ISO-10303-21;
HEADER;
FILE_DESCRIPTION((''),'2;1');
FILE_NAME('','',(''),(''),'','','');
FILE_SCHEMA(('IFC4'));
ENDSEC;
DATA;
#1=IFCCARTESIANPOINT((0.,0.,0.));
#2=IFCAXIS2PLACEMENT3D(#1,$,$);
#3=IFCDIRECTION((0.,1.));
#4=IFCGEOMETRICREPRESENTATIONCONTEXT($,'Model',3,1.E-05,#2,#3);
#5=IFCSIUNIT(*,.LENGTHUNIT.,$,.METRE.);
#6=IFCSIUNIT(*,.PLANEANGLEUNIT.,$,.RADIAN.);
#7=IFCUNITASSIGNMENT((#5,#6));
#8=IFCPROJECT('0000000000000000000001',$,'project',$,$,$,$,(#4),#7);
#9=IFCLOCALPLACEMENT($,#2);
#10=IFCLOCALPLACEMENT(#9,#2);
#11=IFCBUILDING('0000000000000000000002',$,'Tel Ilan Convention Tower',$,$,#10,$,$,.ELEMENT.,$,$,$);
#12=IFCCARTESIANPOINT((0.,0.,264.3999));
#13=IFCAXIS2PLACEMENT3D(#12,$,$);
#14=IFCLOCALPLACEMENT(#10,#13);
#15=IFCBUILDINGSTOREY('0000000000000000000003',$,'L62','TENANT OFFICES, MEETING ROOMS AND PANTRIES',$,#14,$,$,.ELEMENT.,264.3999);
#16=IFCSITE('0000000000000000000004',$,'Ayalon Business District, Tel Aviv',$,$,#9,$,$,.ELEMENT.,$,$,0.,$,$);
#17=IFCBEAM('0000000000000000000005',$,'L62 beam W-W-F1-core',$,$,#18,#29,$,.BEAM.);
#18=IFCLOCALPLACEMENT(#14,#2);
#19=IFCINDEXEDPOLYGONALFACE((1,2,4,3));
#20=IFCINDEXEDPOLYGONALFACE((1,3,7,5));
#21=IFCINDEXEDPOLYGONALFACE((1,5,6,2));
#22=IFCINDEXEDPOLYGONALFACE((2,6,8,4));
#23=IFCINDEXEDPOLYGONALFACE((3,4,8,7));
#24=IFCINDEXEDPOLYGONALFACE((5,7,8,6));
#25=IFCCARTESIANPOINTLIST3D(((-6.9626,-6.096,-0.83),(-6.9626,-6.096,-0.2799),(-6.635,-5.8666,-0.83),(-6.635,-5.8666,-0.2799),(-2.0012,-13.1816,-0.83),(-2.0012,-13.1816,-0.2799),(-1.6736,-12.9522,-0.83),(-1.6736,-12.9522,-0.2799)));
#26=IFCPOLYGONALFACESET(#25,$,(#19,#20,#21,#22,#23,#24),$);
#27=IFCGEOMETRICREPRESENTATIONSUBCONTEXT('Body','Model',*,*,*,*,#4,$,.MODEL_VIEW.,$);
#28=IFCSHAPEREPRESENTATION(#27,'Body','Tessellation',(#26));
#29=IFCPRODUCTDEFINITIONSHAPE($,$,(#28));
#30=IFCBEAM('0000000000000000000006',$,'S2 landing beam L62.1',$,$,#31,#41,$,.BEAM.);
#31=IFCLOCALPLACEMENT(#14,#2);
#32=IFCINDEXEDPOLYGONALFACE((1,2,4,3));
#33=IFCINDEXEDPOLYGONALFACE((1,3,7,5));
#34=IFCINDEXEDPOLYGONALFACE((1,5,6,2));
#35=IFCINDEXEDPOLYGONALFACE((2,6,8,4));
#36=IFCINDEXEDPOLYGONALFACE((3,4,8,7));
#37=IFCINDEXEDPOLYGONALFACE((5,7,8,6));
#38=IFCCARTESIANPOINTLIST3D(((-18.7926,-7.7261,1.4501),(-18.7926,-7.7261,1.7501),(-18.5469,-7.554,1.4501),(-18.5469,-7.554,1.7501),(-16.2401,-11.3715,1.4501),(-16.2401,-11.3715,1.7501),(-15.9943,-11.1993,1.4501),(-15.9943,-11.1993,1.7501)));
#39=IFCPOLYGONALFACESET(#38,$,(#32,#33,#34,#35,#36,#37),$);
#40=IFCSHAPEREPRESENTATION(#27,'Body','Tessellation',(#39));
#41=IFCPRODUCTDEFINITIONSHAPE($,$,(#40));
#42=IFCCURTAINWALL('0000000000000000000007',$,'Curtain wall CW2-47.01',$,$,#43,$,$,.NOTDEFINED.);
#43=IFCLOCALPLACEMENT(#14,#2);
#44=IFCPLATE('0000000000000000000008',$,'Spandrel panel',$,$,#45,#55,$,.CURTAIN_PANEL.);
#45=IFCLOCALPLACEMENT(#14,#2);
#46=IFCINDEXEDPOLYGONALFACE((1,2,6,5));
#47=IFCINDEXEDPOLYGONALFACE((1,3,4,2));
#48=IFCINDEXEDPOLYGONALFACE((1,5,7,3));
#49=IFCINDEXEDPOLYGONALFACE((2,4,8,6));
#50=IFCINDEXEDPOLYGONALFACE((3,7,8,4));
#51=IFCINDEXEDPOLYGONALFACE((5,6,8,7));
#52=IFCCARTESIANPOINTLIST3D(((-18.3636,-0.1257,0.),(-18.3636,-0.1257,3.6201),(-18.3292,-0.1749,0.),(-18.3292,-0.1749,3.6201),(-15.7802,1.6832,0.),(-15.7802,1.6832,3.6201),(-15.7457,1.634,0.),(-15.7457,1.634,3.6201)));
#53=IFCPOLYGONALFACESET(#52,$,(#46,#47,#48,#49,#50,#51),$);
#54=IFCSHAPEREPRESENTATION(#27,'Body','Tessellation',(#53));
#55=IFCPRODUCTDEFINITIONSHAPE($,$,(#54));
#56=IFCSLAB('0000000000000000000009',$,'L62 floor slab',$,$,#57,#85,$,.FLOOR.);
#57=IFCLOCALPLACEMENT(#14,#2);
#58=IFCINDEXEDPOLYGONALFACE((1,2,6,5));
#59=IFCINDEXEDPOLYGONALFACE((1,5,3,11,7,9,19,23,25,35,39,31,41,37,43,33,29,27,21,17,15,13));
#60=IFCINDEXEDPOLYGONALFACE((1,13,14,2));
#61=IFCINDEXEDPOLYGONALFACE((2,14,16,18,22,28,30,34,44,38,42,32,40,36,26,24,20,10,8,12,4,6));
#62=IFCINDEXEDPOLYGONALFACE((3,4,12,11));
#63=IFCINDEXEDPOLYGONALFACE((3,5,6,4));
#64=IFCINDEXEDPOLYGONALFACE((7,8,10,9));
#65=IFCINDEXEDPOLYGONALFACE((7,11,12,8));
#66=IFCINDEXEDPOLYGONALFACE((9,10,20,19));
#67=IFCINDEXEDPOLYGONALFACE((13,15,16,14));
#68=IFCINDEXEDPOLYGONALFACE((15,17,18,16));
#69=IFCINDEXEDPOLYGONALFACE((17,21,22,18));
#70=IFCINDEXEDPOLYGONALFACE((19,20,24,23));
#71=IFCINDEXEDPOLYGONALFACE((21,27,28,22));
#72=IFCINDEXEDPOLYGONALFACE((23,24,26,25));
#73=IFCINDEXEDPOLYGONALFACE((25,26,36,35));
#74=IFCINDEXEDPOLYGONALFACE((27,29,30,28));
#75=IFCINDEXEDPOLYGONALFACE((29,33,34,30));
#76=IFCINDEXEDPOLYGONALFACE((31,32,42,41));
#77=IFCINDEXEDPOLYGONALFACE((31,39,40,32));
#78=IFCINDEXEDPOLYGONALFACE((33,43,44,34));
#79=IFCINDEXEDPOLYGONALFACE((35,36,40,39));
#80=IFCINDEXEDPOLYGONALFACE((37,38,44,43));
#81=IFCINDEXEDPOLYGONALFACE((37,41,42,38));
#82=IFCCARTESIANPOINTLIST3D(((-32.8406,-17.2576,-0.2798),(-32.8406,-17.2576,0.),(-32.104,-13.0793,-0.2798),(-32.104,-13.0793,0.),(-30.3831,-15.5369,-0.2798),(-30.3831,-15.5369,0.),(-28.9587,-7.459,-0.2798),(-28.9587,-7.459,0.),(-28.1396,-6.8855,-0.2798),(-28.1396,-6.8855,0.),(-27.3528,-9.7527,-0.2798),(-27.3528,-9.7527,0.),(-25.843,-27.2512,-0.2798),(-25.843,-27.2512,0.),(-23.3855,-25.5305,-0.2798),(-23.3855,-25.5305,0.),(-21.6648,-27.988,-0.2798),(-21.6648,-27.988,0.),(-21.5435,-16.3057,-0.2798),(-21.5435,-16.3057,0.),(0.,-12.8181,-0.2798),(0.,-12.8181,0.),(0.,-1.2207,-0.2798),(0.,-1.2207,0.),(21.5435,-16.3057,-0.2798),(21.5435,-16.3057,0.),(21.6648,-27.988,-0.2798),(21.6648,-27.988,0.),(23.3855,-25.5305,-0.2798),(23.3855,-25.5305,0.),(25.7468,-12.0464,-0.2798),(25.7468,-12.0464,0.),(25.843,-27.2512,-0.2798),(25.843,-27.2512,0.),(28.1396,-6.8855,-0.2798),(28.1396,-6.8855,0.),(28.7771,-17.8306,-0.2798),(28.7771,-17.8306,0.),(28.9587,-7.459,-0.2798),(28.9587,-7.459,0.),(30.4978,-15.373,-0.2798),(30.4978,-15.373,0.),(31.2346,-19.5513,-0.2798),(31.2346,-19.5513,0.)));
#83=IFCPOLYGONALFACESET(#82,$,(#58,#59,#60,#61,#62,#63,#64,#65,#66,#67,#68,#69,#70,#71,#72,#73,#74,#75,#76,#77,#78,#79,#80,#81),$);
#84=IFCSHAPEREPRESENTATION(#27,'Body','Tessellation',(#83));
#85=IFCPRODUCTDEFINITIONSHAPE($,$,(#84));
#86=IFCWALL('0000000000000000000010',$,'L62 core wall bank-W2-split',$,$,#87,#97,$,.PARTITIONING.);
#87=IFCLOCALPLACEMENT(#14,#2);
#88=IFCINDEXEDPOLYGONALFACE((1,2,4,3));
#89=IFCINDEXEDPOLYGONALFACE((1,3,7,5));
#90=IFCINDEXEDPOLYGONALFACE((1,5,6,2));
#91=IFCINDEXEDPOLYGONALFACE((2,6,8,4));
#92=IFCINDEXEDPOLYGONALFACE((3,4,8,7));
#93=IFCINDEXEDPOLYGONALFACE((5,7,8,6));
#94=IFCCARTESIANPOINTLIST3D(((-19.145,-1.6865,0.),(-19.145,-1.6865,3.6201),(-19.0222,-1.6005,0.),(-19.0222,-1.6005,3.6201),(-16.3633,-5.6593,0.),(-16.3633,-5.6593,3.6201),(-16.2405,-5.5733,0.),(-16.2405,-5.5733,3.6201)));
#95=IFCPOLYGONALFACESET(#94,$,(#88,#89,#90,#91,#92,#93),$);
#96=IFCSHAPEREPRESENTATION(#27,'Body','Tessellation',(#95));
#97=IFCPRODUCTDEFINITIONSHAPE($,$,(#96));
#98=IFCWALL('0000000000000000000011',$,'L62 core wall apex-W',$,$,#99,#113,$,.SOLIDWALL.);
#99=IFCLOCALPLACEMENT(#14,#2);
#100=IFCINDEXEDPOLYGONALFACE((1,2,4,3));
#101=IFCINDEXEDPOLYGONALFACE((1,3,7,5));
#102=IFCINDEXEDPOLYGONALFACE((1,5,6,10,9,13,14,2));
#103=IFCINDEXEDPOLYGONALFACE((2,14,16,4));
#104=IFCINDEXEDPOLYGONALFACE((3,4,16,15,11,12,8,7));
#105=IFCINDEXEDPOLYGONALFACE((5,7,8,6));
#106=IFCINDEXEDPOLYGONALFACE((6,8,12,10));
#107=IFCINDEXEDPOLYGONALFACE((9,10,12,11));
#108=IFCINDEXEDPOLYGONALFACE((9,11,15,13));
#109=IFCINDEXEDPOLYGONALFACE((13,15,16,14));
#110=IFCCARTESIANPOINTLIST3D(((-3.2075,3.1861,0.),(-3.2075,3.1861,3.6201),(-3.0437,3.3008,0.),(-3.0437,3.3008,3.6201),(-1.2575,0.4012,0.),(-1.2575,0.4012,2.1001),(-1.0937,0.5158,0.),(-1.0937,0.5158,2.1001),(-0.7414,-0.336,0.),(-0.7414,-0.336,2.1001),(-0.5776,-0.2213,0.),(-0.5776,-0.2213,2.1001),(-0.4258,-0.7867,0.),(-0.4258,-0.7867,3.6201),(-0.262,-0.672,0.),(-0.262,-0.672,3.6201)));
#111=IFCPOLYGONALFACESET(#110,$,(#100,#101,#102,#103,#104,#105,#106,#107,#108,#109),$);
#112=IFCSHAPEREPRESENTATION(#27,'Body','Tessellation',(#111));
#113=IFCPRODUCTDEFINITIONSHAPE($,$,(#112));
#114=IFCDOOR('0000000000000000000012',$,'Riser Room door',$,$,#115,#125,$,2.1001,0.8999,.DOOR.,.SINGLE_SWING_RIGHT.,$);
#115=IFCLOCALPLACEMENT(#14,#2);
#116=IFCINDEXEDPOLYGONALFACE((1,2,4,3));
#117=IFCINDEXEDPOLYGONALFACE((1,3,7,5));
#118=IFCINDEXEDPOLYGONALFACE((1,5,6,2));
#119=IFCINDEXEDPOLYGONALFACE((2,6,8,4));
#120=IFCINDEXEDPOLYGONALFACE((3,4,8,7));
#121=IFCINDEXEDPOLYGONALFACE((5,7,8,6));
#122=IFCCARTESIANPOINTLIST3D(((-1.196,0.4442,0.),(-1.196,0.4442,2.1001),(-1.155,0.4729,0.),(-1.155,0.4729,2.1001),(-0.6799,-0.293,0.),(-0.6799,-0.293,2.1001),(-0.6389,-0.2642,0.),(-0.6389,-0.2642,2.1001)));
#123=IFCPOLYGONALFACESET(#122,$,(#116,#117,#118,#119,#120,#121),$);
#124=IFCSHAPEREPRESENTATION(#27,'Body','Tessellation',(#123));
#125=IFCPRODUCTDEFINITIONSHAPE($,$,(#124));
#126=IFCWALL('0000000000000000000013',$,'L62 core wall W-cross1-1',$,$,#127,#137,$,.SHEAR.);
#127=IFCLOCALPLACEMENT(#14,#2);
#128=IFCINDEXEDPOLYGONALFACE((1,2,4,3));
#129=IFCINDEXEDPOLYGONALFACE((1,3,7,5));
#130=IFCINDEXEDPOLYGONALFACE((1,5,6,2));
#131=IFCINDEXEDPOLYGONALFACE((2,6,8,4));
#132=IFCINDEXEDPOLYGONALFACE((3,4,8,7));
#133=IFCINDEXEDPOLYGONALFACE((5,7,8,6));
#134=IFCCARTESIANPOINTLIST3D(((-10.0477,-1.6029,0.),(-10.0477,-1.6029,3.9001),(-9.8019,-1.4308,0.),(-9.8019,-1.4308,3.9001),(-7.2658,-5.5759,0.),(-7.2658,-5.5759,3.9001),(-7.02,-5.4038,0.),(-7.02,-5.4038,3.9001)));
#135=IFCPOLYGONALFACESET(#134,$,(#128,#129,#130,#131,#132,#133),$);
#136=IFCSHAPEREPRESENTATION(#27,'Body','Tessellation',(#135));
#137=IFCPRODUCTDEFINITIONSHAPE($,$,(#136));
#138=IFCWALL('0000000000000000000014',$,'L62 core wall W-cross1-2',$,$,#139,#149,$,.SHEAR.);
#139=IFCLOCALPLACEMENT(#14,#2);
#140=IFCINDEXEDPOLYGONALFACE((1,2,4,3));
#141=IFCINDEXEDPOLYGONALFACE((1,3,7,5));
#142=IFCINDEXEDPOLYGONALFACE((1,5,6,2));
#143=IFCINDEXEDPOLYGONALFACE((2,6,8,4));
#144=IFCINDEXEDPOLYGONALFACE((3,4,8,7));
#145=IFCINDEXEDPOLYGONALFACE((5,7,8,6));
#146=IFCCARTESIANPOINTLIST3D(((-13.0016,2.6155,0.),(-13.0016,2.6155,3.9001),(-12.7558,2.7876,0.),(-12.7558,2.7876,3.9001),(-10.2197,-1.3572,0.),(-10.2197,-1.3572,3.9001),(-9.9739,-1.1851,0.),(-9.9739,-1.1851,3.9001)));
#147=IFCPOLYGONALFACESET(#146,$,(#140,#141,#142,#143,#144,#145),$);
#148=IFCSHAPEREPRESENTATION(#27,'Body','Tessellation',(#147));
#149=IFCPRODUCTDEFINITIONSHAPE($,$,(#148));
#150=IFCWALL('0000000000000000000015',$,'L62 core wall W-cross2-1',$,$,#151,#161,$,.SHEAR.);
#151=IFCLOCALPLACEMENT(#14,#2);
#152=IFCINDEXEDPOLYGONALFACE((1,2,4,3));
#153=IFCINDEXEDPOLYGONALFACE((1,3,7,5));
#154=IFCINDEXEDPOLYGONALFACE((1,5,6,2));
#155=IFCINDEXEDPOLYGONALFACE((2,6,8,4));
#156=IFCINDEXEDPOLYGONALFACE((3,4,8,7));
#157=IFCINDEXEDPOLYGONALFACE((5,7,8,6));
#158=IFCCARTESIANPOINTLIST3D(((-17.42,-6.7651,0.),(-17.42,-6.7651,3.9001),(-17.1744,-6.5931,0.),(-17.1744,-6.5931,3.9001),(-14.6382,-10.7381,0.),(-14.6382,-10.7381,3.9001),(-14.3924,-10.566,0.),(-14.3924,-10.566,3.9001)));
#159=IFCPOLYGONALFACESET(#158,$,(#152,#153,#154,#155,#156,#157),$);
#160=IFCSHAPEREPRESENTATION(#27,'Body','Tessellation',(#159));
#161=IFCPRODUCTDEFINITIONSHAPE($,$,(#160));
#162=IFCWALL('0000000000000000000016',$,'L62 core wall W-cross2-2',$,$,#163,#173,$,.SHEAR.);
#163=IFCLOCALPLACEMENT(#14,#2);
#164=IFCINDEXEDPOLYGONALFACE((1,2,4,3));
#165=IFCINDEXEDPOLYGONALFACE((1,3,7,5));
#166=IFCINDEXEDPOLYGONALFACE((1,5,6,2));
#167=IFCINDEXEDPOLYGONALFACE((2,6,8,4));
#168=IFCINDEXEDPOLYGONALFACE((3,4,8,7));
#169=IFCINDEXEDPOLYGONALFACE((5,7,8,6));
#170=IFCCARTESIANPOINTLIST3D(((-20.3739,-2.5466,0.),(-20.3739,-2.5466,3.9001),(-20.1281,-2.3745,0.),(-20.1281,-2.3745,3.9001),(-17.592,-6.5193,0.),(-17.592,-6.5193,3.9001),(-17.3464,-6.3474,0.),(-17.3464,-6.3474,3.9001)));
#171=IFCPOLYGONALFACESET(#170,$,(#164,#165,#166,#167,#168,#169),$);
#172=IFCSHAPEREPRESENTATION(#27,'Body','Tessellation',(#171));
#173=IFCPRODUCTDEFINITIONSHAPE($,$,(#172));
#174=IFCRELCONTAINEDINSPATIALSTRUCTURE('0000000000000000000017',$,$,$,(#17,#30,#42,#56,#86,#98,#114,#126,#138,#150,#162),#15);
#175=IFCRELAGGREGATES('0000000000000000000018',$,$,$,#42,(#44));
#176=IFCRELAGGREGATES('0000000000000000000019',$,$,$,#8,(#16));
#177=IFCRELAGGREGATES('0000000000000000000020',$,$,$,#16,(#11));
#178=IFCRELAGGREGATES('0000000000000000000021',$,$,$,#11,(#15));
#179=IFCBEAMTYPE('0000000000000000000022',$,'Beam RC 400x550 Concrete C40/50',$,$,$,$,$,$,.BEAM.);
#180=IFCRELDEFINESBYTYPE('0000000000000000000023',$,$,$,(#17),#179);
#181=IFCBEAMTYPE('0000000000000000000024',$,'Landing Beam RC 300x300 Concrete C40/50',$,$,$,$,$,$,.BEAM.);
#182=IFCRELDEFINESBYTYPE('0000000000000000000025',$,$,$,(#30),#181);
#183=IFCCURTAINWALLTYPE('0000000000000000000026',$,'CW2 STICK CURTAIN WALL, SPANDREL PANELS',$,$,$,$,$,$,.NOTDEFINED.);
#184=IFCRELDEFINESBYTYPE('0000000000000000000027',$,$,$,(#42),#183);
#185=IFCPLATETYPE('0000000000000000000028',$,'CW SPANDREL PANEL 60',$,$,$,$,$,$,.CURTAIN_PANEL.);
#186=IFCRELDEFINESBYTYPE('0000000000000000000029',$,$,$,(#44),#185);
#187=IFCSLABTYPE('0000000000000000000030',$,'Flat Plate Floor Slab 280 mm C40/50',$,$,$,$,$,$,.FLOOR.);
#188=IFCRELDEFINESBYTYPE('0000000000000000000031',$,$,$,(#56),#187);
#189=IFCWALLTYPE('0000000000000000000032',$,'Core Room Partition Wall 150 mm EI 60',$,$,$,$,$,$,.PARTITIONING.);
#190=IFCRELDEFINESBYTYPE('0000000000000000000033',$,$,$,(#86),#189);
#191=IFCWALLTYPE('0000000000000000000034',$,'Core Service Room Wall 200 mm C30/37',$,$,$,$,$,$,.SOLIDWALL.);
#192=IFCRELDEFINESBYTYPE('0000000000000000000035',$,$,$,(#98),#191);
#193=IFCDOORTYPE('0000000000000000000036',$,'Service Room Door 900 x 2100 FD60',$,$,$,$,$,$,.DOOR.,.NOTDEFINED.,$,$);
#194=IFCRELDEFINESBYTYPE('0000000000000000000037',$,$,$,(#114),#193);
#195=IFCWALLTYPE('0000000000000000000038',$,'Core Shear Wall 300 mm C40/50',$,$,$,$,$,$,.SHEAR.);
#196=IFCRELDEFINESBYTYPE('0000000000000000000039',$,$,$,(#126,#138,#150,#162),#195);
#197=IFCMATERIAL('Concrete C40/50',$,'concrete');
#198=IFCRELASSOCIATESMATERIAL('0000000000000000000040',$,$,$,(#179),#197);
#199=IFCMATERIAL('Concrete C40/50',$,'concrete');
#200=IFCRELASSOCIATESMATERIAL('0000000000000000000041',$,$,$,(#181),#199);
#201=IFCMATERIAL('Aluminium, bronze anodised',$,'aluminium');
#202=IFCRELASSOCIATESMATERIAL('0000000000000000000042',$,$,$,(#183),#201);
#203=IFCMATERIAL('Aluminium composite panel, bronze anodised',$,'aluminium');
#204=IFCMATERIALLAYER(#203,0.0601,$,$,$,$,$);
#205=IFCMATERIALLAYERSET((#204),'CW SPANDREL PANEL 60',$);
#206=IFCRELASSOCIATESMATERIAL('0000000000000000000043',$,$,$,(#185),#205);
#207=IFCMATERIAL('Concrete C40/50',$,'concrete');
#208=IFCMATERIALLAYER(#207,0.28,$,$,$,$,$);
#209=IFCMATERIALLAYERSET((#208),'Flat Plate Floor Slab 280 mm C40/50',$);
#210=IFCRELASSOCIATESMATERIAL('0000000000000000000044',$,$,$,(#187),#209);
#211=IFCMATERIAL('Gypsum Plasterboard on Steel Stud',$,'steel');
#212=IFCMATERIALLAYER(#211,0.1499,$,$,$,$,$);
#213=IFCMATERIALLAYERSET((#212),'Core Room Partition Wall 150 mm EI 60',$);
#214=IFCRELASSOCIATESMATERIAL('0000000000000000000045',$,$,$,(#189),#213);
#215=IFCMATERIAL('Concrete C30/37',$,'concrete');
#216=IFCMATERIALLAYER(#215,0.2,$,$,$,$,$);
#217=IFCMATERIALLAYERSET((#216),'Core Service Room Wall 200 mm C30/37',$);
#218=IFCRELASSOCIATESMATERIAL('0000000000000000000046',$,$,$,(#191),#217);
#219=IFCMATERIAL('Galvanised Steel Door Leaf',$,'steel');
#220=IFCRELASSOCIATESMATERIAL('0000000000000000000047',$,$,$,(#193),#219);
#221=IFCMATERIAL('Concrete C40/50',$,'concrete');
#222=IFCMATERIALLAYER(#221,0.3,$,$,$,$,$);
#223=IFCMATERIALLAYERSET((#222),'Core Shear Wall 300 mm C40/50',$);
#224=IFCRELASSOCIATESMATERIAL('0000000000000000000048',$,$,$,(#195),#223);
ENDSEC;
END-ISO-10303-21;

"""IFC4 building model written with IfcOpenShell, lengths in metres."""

from ifc_helpers import new_model, si_unit, direction, frame, frame_2d, origin, origin_2d, place, context, subcontext, project, spatial, polyline, rectangle, outline, extrude, material, layer, layer_set, material_profile, profile_set, type_object, element, fill, aggregate, save


model = new_model("IFC4")

# Units and contexts
model_context = context("Model", 3, precision=1e-05, world=origin(), true_north=direction((0.0, 1.0)))
body_context = subcontext(model_context, "Body", "Model", "MODEL_VIEW")
ifc_project = project(units=[si_unit("LENGTHUNIT", "METRE"), si_unit("PLANEANGLEUNIT", "RADIAN")], contexts=[model_context])

# Site, building, storey
site_placement = place(None, origin())
site = spatial("IfcSite", under=ifc_project, at=site_placement, Name="Ayalon Business District, Tel Aviv", CompositionType="ELEMENT", RefElevation=0.0)
building_placement = place(site_placement, origin())
building = spatial("IfcBuilding", under=site, at=building_placement, Name="Tel Ilan Convention Tower", CompositionType="ELEMENT")
storey_placement = place(building_placement, frame((0.0, 0.0, 264.3999)))
storey = spatial("IfcBuildingStorey", under=building, at=storey_placement, Name="L62", Description="TENANT OFFICES, MEETING ROOMS AND PANTRIES", CompositionType="ELEMENT", Elevation=264.3999)

# Beams
ifc_material_1 = material(Name="Concrete C40/50", Category="concrete")
ifc_material_profile_1 = material_profile(ifc_material_1, rectangle(XDim=0.3999, YDim=0.55, at=origin_2d()), Name="RC 400x550")
ifc_profile_set_1 = profile_set([ifc_material_profile_1], Name="Concrete C40/50")
beam_type_1 = type_object("IfcBeamType", Name="Beam RC 400x550 Concrete C40/50", PredefinedType="BEAM", material=ifc_profile_set_1)
beam_1_placement = place(storey_placement, frame((-1.8374, -13.0669, -0.5549), z_axis=(-0.573574, 0.819154, 0.0), x_axis=(-0.819154, -0.573574, 0.0)))
element("IfcBeam", 1, at=beam_1_placement, inside=storey, type_object=beam_type_1, Name="L62 beam W-W-F1-core", PredefinedType="BEAM", context=body_context, shape_type="SweptSolid", body=[
    extrude(rectangle(XDim=0.3999, YDim=0.55, at=origin_2d()), origin(), (0.0, 0.0, 1.0), 8.6499),
])
ifc_material_2 = material(Name="Concrete C40/50", Category="concrete")
ifc_material_profile_2 = material_profile(ifc_material_2, rectangle(XDim=0.3, YDim=0.3, at=origin_2d()), Name="RC 300x300")
ifc_profile_set_2 = profile_set([ifc_material_profile_2], Name="Concrete C40/50")
beam_type_2 = type_object("IfcBeamType", Name="Landing Beam RC 300x300 Concrete C40/50", PredefinedType="BEAM", material=ifc_profile_set_2)
beam_2_placement = place(storey_placement, frame((-16.1172, -11.2854, 1.6001), z_axis=(-0.573584, 0.819147, 0.0), x_axis=(-0.819147, -0.573584, 0.0)))
element("IfcBeam", 2, at=beam_2_placement, inside=storey, type_object=beam_type_2, Name="S2 landing beam L62.1", PredefinedType="BEAM", context=body_context, shape_type="SweptSolid", body=[
    extrude(rectangle(XDim=0.3, YDim=0.3, at=origin_2d()), origin(), (0.0, 0.0, 1.0), 4.4502),
])

# Curtain wall, plate
ifc_material_3 = material(Name="Aluminium, bronze anodised", Category="aluminium")
curtain_wall_type = type_object("IfcCurtainWallType", Name="CW2 STICK CURTAIN WALL, SPANDREL PANELS", PredefinedType="NOTDEFINED", material=ifc_material_3)
curtain_wall_placement = place(storey_placement, origin())
curtain_wall = element("IfcCurtainWall", 3, at=curtain_wall_placement, inside=storey, type_object=curtain_wall_type, Name="Curtain wall CW2-47.01", PredefinedType="NOTDEFINED")
ifc_material_4 = material(Name="Aluminium composite panel, bronze anodised", Category="aluminium")
ifc_layer_1 = layer(ifc_material_4, 0.0601)
ifc_layer_set_1 = layer_set([ifc_layer_1], Name="CW SPANDREL PANEL 60")
plate_type = type_object("IfcPlateType", Name="CW SPANDREL PANEL 60", PredefinedType="CURTAIN_PANEL", material=ifc_layer_set_1)
plate_placement = place(storey_placement, frame((-17.0547, 0.7542, 0.0), z_axis=(0.0, 0.0, 1.0), x_axis=(-0.819152, -0.573576, 0.0)))
plate = element("IfcPlate", 4, at=plate_placement, type_object=plate_type, Name="Spandrel panel", PredefinedType="CURTAIN_PANEL", context=body_context, shape_type="SweptSolid", body=[
    extrude(rectangle(XDim=3.1538, YDim=0.0601, at=origin_2d()), origin(), (0.0, 0.0, 1.0), 3.6201),
])
aggregate(curtain_wall, [plate])

# Slab
ifc_material_5 = material(Name="Concrete C40/50", Category="concrete")
ifc_layer_2 = layer(ifc_material_5, 0.28)
ifc_layer_set_2 = layer_set([ifc_layer_2], Name="Flat Plate Floor Slab 280 mm C40/50")
slab_type_1 = type_object("IfcSlabType", Name="Flat Plate Floor Slab 280 mm C40/50", PredefinedType="FLOOR", material=ifc_layer_set_2)
slab_1_placement = place(storey_placement, frame((0.0, 0.0, -0.2798)))
element("IfcSlab", 5, at=slab_1_placement, inside=storey, type_object=slab_type_1, Name="L62 floor slab", PredefinedType="FLOOR", context=body_context, shape_type="SweptSolid", body=[
    extrude(outline(polyline([(21.5435, -16.3057), (28.1396, -6.8855), (28.9587, -7.459), (25.7468, -12.0464), (30.4978, -15.373), (28.7771, -17.8306), (31.2346, -19.5513), (25.843, -27.2512), (23.3855, -25.5305), (21.6648, -27.988), (0.0, -12.8181), (-21.6648, -27.988), (-23.3855, -25.5305), (-25.843, -27.2512), (-32.8406, -17.2576), (-30.3831, -15.5369), (-32.104, -13.0793), (-27.3528, -9.7527), (-28.9587, -7.459), (-28.1396, -6.8855), (-21.5435, -16.3057), (0.0, -1.2207), (21.5435, -16.3057)])), origin(), (0.0, 0.0, 1.0), 0.2798),
])

# Wall
ifc_material_6 = material(Name="Gypsum Plasterboard on Steel Stud", Category="steel")
ifc_layer_3 = layer(ifc_material_6, 0.1499)
ifc_layer_set_3 = layer_set([ifc_layer_3], Name="Core Room Partition Wall 150 mm EI 60")
wall_type_1 = type_object("IfcWallType", Name="Core Room Partition Wall 150 mm EI 60", PredefinedType="PARTITIONING", material=ifc_layer_set_3)
wall_1_placement = place(storey_placement, frame((-16.302, -5.6162, 0.0), z_axis=(0.0, 0.0, 1.0), x_axis=(-0.57356, 0.819163, 0.0)))
element("IfcWall", 6, at=wall_1_placement, inside=storey, type_object=wall_type_1, Name="L62 core wall bank-W2-split", PredefinedType="PARTITIONING", context=body_context, shape_type="SweptSolid", body=[
    extrude(rectangle(XDim=4.8499, YDim=0.1499, at=frame_2d((2.4248, 0.0))), origin(), (0.0, 0.0, 1.0), 3.6201),
])

# Wall, opening, door
ifc_material_7 = material(Name="Concrete C30/37", Category="concrete")
ifc_layer_4 = layer(ifc_material_7, 0.2)
ifc_layer_set_4 = layer_set([ifc_layer_4], Name="Core Service Room Wall 200 mm C30/37")
wall_type_2 = type_object("IfcWallType", Name="Core Service Room Wall 200 mm C30/37", PredefinedType="SOLIDWALL", material=ifc_layer_set_4)
wall_2_placement = place(storey_placement, frame((-0.344, -0.7292, 0.0), z_axis=(0.0, 0.0, 1.0), x_axis=(-0.57356, 0.819163, 0.0)))
wall_2 = element("IfcWall", 7, at=wall_2_placement, inside=storey, type_object=wall_type_2, Name="L62 core wall apex-W", PredefinedType="SOLIDWALL", context=body_context, shape_type="SweptSolid", body=[
    extrude(rectangle(XDim=4.8499, YDim=0.2, at=frame_2d((2.4248, 0.0))), origin(), (0.0, 0.0, 1.0), 3.6201),
])
opening_1_placement = place(wall_2_placement, frame((0.55, 0.0, 0.0)))
opening_1 = element("IfcOpeningElement", 8, at=opening_1_placement, cuts=wall_2, PredefinedType="OPENING", context=body_context, shape_type="SweptSolid", body=[
    extrude(rectangle(XDim=0.8999, YDim=2.1001, at=frame_2d((0.45, 1.05))), frame((0.0, 0.1099, 0.0), z_axis=(0.0, -1.0, 0.0), x_axis=(1.0, 0.0, 0.0)), (0.0, 0.0, 1.0), 0.22),
])
ifc_material_8 = material(Name="Galvanised Steel Door Leaf", Category="steel")
door_type_1 = type_object("IfcDoorType", Name="Service Room Door 900 x 2100 FD60", OperationType="NOTDEFINED", PredefinedType="DOOR", material=ifc_material_8)
door_1_placement = place(opening_1_placement, origin())
door_1 = element("IfcDoor", 9, at=door_1_placement, inside=storey, type_object=door_type_1, Name="Riser Room door", OperationType="SINGLE_SWING_RIGHT", OverallHeight=2.1001, OverallWidth=0.8999, PredefinedType="DOOR", context=body_context, shape_type="SweptSolid", body=[
    extrude(rectangle(XDim=0.8999, YDim=2.1001, at=frame_2d((0.45, 1.05))), frame((0.0, 0.0249, 0.0), z_axis=(0.0, -1.0, 0.0), x_axis=(1.0, 0.0, 0.0)), (0.0, 0.0, 1.0), 0.05),
])
fill(opening_1, door_1)

# Walls
ifc_material_9 = material(Name="Concrete C40/50", Category="concrete")
ifc_layer_5 = layer(ifc_material_9, 0.3)
ifc_layer_set_5 = layer_set([ifc_layer_5], Name="Core Shear Wall 300 mm C40/50")
wall_type_3 = type_object("IfcWallType", Name="Core Shear Wall 300 mm C40/50", PredefinedType="SHEAR", material=ifc_layer_set_5)
wall_3_placement = place(storey_placement, frame((-7.1428, -5.4897, 0.0), z_axis=(0.0, 0.0, 1.0), x_axis=(-0.573618, 0.819123, 0.0)))
element("IfcWall", 10, at=wall_3_placement, inside=storey, type_object=wall_type_3, Name="L62 core wall W-cross1-1", PredefinedType="SHEAR", context=body_context, shape_type="SweptSolid", body=[
    extrude(outline(polyline([(4.8501, 0.1499), (0.0, 0.1501), (0.0, -0.1499), (4.8501, -0.1501), (4.8501, 0.1499)])), origin(), (0.0, 0.0, 1.0), 3.9001),
])
wall_4_placement = place(storey_placement, frame((-10.0969, -1.2712, 0.0), z_axis=(0.0, 0.0, 1.0), x_axis=(-0.57356, 0.819163, 0.0)))
element("IfcWall", 11, at=wall_4_placement, inside=storey, type_object=wall_type_3, Name="L62 core wall W-cross1-2", PredefinedType="SHEAR", context=body_context, shape_type="SweptSolid", body=[
    extrude(outline(polyline([(4.8499, -0.1499), (4.8499, 0.1501), (0.0, 0.1499), (0.0, -0.1501), (4.8499, -0.1499)])), origin(), (0.0, 0.0, 1.0), 3.9001),
])
wall_5_placement = place(storey_placement, frame((-14.5154, -10.6521, 0.0), z_axis=(0.0, 0.0, 1.0), x_axis=(-0.57356, 0.819163, 0.0)))
element("IfcWall", 12, at=wall_5_placement, inside=storey, type_object=wall_type_3, Name="L62 core wall W-cross2-1", PredefinedType="SHEAR", context=body_context, shape_type="SweptSolid", body=[
    extrude(outline(polyline([(4.8501, 0.1499), (0.0, 0.1499), (0.0, -0.1501), (4.8501, -0.1499), (4.8501, 0.1499)])), origin(), (0.0, 0.0, 1.0), 3.9001),
])
wall_6_placement = place(storey_placement, frame((-17.4692, -6.4333, 0.0), z_axis=(0.0, 0.0, 1.0), x_axis=(-0.573594, 0.81914, 0.0)))
element("IfcWall", 13, at=wall_6_placement, inside=storey, type_object=wall_type_3, Name="L62 core wall W-cross2-2", PredefinedType="SHEAR", context=body_context, shape_type="SweptSolid", body=[
    extrude(outline(polyline([(4.8499, -0.1501), (4.8499, 0.1499), (0.0, 0.1499), (0.0, -0.1499), (4.8499, -0.1501)])), origin(), (0.0, 0.0, 1.0), 3.9001),
])

save(model, "model.ifc")
